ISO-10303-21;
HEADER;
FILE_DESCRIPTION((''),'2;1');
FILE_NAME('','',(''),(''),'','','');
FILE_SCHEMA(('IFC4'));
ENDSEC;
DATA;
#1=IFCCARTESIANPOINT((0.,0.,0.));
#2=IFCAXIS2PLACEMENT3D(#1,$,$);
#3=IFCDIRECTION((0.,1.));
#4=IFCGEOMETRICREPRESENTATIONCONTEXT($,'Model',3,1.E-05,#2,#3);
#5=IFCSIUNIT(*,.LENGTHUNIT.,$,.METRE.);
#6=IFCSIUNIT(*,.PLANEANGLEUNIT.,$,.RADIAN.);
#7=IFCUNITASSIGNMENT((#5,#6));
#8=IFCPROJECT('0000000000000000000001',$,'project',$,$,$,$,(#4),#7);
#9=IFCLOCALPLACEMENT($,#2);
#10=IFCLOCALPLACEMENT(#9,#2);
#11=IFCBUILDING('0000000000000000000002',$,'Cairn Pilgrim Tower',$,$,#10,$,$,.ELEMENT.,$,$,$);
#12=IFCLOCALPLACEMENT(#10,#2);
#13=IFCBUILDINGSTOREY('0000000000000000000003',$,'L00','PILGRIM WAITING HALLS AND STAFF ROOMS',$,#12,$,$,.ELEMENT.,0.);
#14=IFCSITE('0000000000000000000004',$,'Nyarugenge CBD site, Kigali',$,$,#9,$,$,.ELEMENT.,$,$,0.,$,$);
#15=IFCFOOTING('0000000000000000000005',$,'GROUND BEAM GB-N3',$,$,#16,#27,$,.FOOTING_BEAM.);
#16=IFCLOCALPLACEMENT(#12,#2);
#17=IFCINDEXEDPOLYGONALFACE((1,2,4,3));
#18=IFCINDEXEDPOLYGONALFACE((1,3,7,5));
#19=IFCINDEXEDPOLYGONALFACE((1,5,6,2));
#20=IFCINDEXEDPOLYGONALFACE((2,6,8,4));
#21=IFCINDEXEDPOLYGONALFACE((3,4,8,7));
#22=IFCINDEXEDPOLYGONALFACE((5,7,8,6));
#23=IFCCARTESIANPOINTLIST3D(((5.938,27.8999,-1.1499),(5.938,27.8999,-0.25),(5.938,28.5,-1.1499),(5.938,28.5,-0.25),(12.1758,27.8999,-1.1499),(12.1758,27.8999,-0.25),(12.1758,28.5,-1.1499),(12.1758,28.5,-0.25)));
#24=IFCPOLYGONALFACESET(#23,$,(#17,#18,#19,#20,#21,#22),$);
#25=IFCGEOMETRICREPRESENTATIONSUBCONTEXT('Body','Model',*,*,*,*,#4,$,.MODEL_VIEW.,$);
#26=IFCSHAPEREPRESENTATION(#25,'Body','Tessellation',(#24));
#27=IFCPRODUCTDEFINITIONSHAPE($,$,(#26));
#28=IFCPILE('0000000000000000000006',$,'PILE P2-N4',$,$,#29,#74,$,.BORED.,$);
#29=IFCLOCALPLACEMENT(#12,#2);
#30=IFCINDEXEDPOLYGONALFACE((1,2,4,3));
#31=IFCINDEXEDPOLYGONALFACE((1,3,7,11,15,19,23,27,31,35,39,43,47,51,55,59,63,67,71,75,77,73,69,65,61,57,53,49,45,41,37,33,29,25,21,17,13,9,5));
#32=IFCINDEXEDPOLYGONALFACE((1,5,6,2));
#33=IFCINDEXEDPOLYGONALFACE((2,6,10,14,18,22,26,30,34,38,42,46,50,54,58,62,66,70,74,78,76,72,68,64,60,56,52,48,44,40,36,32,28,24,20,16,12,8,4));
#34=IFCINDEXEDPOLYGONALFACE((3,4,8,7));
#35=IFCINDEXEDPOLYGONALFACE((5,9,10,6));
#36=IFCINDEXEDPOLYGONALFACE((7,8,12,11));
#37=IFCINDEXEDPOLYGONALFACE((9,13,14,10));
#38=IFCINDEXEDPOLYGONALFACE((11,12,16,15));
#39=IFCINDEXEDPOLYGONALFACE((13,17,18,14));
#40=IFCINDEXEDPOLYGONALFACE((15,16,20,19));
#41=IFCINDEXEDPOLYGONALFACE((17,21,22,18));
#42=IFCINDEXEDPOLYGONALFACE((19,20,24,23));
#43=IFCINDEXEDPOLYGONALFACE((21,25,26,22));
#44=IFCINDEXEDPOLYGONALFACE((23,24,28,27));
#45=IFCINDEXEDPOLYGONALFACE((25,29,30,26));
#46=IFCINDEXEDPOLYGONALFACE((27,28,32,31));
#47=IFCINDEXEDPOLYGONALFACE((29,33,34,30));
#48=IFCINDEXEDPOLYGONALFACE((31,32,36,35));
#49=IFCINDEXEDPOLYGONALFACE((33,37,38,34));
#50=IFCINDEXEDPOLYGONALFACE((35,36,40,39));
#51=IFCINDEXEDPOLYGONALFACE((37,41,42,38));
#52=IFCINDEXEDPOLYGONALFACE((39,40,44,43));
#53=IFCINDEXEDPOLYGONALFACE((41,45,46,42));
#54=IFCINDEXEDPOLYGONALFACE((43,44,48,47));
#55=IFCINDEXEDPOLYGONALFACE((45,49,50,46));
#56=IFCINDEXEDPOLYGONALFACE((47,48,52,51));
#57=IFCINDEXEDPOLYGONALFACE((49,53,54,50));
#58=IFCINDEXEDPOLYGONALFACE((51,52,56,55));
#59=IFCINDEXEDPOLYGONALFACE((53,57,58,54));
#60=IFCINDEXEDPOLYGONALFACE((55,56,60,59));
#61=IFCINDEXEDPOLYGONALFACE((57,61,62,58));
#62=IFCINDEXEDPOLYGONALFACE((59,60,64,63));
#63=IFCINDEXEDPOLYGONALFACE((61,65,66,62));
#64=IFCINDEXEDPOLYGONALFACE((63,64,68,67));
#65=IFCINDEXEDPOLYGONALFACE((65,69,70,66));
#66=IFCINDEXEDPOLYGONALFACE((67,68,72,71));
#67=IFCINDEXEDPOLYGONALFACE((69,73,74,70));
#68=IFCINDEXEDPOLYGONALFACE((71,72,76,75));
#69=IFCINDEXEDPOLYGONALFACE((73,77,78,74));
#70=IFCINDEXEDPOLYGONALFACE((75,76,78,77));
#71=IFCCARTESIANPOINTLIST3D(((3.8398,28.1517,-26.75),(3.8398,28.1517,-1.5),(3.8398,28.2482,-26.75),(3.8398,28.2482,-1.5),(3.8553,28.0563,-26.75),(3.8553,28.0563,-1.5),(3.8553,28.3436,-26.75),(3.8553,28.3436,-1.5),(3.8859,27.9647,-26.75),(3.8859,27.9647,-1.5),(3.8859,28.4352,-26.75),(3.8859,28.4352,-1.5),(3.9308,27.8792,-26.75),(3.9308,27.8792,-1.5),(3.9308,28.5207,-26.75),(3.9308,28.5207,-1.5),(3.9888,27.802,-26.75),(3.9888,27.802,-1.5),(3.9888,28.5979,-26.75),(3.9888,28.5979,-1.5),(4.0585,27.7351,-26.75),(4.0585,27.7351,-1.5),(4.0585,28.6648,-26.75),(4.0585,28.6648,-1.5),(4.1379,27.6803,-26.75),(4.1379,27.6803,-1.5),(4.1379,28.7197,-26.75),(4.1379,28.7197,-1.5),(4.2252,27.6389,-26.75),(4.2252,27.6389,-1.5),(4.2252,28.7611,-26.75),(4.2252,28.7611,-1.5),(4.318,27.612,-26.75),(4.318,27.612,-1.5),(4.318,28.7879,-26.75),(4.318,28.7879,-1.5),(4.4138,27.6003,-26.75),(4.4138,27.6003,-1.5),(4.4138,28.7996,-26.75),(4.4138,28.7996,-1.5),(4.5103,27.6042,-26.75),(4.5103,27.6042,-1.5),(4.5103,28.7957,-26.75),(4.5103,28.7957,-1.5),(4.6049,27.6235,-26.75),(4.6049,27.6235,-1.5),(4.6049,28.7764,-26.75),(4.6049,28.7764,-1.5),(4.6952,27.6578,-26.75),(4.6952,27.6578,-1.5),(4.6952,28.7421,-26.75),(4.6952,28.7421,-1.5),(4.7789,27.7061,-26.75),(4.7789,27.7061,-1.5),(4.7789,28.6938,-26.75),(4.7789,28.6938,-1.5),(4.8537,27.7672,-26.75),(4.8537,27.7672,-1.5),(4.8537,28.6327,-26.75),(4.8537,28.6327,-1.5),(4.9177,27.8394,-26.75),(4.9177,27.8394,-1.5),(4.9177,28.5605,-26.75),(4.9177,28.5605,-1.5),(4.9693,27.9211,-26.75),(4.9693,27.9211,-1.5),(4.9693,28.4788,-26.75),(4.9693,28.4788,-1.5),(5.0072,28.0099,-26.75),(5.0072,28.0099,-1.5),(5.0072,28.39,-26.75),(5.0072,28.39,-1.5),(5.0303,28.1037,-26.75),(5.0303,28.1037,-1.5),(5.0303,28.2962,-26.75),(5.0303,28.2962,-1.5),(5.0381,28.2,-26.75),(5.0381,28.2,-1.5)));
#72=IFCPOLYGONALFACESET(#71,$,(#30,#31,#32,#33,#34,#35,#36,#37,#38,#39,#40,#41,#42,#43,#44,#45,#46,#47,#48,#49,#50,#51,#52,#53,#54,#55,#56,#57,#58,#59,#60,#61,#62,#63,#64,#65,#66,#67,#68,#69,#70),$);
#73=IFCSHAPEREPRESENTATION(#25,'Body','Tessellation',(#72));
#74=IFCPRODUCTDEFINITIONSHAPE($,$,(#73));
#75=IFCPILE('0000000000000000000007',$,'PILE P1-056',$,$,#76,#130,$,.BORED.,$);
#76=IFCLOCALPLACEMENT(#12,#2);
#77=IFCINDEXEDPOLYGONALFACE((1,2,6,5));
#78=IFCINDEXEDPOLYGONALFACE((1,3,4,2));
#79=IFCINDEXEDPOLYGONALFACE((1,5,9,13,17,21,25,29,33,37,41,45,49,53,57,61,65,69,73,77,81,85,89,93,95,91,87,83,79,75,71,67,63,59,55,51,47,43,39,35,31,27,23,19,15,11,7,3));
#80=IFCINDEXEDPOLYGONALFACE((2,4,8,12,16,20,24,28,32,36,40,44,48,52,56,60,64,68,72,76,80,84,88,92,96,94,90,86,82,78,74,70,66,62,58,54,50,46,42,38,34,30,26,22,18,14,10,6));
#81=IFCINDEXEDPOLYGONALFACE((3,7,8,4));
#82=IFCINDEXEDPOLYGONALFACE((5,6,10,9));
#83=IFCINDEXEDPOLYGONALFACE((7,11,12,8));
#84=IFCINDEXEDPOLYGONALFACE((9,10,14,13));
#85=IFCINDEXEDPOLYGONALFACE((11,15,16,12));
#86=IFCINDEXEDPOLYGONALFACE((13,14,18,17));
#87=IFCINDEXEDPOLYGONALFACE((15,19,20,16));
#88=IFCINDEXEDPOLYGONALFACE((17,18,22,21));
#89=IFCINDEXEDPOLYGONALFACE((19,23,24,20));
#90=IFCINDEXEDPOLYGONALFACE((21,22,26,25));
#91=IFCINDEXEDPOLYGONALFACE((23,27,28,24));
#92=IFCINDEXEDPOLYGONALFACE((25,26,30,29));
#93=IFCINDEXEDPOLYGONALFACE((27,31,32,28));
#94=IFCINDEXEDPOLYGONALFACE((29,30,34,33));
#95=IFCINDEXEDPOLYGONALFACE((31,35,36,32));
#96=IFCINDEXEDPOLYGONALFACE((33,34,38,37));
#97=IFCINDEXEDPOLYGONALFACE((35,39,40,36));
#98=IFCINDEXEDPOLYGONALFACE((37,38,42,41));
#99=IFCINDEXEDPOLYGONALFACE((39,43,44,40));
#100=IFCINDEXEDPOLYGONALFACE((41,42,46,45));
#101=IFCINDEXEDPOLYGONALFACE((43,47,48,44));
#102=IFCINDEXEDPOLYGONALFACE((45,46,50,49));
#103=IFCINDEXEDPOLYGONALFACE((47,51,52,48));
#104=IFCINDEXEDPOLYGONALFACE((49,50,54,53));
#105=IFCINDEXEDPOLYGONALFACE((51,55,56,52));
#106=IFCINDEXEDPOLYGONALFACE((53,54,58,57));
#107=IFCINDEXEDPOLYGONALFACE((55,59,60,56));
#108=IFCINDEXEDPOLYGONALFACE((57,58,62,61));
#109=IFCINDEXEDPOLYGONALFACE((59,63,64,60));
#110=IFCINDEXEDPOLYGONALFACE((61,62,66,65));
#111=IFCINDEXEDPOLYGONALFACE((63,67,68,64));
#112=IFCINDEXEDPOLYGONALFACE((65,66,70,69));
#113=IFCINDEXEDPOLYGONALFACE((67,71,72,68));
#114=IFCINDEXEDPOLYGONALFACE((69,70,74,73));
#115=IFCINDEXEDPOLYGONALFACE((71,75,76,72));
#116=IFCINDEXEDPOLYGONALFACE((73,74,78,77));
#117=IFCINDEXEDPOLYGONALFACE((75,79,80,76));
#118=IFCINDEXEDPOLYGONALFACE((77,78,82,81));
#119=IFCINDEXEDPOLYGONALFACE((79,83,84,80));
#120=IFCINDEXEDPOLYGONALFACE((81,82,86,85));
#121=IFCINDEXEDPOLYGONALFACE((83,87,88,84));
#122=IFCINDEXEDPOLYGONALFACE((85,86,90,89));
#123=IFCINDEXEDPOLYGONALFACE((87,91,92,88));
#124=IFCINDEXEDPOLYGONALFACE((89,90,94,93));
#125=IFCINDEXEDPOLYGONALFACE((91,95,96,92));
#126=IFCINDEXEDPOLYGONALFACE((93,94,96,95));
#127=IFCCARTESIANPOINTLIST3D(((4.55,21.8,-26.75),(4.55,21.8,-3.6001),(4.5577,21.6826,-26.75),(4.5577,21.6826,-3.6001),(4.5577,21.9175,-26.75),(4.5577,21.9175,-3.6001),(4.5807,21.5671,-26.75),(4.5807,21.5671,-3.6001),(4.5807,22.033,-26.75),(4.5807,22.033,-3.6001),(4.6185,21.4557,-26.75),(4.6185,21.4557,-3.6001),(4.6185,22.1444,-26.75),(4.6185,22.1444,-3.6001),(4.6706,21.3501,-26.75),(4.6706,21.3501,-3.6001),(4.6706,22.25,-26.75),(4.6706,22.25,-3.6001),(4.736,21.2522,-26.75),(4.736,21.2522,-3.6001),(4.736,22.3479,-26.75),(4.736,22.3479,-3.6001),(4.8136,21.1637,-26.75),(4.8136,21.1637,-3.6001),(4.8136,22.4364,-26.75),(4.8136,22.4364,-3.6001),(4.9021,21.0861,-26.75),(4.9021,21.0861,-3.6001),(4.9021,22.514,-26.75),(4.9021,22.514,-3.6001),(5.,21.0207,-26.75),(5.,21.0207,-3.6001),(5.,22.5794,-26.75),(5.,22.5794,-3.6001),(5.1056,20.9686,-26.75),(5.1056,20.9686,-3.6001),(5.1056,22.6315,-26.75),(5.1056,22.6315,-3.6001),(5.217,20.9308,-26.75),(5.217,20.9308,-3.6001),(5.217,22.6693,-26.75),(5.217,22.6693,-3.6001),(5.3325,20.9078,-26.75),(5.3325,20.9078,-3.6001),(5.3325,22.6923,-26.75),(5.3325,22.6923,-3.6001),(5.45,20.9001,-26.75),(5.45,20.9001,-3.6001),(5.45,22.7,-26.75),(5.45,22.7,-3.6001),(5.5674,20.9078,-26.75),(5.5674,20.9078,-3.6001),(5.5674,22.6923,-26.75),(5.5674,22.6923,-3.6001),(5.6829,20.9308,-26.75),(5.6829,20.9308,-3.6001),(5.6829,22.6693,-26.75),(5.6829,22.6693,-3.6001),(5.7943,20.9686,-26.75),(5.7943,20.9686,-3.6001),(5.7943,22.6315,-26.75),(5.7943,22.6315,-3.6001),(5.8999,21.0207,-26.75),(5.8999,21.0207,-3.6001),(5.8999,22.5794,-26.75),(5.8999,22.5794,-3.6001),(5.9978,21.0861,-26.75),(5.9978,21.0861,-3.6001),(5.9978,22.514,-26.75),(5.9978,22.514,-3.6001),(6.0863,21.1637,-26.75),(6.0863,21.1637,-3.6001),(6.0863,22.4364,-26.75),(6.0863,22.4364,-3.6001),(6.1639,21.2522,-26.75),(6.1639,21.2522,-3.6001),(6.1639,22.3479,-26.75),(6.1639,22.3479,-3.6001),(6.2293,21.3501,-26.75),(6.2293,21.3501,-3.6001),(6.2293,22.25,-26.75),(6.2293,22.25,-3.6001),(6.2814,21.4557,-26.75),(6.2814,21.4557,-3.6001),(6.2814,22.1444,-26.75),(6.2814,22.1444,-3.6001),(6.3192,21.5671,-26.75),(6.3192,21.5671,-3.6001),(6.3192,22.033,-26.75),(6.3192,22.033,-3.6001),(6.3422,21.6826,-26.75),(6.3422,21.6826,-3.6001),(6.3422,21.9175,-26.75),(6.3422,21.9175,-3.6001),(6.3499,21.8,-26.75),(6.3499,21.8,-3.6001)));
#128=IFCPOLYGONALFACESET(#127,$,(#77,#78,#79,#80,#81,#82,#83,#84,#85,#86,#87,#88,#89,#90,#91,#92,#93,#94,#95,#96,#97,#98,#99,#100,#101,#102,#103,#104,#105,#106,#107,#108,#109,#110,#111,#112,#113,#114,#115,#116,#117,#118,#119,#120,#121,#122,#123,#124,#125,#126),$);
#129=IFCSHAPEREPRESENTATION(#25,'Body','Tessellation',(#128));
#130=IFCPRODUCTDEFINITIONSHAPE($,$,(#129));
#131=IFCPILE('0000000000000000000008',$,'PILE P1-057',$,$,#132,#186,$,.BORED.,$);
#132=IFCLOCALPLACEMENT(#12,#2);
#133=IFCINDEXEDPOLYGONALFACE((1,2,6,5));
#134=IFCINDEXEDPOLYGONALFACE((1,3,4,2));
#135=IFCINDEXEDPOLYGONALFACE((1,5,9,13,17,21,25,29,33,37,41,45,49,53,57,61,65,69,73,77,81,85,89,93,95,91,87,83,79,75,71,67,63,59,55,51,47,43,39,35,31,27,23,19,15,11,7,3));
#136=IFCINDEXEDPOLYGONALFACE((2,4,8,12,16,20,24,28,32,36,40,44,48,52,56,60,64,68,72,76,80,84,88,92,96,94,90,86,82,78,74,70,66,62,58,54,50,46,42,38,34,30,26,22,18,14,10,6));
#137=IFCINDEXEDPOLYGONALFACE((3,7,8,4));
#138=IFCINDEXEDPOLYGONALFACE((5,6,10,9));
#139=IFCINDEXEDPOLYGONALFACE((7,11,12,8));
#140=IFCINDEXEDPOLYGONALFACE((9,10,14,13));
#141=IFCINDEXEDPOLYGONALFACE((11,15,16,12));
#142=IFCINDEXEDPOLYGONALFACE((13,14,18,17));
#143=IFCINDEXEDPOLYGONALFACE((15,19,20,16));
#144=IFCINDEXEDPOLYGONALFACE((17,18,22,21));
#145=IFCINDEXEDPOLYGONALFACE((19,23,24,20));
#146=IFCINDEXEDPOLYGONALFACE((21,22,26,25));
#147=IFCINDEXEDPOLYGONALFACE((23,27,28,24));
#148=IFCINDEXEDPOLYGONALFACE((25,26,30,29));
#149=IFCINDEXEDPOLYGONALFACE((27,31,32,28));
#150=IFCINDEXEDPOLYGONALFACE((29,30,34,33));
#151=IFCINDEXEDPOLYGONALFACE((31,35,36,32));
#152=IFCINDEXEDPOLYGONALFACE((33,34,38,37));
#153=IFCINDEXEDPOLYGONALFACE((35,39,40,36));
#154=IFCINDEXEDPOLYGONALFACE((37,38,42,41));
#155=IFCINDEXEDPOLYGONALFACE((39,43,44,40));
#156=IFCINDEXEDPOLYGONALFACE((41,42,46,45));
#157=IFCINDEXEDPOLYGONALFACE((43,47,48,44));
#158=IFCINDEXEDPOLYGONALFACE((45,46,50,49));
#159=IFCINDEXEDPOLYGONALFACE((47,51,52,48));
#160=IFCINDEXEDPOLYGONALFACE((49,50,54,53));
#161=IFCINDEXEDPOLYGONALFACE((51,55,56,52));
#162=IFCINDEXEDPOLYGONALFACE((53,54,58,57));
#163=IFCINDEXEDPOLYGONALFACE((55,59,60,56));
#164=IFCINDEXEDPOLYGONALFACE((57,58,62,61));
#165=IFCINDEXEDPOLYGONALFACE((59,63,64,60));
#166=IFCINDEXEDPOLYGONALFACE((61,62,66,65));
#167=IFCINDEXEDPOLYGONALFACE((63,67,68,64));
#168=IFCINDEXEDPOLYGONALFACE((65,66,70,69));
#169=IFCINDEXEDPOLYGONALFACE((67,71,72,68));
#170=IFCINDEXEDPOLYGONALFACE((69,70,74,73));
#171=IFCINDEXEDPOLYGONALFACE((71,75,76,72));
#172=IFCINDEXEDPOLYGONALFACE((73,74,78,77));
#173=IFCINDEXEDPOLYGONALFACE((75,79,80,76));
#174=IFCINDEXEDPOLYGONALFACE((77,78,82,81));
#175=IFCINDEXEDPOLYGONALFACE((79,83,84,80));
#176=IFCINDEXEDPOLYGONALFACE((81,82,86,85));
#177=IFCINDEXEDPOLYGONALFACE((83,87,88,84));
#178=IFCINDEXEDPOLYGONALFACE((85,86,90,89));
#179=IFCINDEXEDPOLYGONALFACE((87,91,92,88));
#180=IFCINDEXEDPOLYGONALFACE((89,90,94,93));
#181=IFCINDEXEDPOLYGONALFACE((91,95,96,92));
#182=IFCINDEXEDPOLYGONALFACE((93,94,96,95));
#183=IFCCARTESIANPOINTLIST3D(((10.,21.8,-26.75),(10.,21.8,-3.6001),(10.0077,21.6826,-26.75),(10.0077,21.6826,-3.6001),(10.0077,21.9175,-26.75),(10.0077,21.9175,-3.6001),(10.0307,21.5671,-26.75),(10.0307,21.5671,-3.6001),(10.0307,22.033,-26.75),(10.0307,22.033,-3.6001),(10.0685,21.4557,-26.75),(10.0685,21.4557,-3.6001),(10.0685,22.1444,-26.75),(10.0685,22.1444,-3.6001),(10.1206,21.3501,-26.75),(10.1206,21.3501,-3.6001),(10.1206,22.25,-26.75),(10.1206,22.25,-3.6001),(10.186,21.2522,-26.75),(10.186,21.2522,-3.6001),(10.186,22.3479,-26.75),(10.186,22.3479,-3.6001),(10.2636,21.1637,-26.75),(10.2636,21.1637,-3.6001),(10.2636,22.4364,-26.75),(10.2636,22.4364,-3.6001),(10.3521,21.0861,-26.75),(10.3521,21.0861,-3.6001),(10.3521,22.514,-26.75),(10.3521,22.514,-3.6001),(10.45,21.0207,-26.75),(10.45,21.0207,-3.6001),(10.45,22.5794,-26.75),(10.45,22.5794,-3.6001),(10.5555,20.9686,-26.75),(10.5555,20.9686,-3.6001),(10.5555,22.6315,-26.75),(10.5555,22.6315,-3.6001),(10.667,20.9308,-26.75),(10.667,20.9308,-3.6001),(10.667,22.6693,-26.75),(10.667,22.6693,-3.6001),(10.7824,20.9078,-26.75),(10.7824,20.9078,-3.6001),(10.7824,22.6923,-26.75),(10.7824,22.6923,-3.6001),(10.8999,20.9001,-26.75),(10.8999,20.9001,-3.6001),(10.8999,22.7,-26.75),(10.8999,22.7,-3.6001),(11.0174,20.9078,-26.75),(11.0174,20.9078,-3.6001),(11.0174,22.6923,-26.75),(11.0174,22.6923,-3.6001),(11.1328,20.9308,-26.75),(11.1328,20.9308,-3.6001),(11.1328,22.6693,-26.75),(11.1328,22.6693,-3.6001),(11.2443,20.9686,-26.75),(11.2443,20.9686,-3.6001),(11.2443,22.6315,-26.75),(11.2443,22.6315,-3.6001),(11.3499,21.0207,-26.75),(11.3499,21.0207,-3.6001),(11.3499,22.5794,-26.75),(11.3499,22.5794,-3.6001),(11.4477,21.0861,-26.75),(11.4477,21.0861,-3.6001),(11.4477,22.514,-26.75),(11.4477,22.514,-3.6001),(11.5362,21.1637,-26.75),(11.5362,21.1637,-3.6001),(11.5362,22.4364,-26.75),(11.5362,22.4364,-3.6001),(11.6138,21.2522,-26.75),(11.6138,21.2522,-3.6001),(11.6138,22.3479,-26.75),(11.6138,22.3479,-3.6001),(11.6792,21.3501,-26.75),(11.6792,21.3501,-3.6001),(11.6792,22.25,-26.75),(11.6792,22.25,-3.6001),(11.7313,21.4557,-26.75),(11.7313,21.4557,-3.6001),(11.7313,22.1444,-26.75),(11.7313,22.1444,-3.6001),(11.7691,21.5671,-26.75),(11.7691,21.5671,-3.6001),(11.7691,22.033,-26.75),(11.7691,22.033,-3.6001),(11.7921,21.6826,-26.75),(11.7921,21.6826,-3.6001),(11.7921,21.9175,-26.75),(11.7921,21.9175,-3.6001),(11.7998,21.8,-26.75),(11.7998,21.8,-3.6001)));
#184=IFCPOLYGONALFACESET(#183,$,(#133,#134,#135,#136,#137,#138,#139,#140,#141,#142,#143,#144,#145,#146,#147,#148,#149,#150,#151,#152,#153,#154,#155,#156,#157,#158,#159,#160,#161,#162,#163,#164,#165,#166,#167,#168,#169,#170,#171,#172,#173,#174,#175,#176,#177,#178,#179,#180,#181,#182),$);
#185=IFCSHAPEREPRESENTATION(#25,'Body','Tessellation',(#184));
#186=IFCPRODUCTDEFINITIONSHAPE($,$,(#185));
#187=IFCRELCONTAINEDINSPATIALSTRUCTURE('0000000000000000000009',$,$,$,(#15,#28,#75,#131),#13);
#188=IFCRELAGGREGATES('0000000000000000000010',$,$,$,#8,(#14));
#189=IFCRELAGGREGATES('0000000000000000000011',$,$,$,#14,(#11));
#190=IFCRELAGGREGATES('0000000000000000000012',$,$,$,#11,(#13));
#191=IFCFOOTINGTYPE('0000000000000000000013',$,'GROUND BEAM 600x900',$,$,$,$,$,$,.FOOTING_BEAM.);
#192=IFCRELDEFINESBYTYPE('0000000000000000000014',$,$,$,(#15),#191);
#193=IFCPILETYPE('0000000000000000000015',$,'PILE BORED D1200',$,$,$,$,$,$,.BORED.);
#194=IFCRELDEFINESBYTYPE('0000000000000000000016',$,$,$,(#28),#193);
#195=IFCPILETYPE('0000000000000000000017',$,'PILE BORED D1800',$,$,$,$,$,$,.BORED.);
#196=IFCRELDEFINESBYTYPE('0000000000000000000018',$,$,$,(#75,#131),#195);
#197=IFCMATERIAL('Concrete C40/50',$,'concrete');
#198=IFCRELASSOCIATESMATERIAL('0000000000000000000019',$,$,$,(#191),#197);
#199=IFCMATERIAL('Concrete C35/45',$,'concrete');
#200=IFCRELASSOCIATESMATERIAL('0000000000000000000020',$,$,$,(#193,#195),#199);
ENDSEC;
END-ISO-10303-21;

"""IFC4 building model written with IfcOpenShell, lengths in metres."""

from ifc_helpers import new_model, si_unit, direction, frame, origin, origin_2d, place, context, subcontext, project, spatial, rectangle, circle, extrude, material, material_profile, profile_set, type_object, element, save


model = new_model("IFC4")

# Units and contexts
model_context = context("Model", 3, precision=1e-05, world=origin(), true_north=direction((0.0, 1.0)))
body_context = subcontext(model_context, "Body", "Model", "MODEL_VIEW")
ifc_project = project(units=[si_unit("LENGTHUNIT", "METRE"), si_unit("PLANEANGLEUNIT", "RADIAN")], contexts=[model_context])

# Site, building, storey
site_placement = place(None, origin())
site = spatial("IfcSite", under=ifc_project, at=site_placement, Name="Nyarugenge CBD site, Kigali", CompositionType="ELEMENT", RefElevation=0.0)
building_placement = place(site_placement, origin())
building = spatial("IfcBuilding", under=site, at=building_placement, Name="Cairn Pilgrim Tower", CompositionType="ELEMENT")
storey_placement = place(building_placement, origin())
storey = spatial("IfcBuildingStorey", under=building, at=storey_placement, Name="L00", Description="PILGRIM WAITING HALLS AND STAFF ROOMS", CompositionType="ELEMENT", Elevation=0.0)

# Footing
ifc_material_1 = material(Name="Concrete C40/50", Category="concrete")
footing_type_1 = type_object("IfcFootingType", Name="GROUND BEAM 600x900", PredefinedType="FOOTING_BEAM", material=ifc_material_1)
footing_1_placement = place(storey_placement, frame((9.0569, 28.2, -1.1499), z_axis=(0.0, 0.0, 1.0), x_axis=(-1.0, 0.0, 0.0)))
element("IfcFooting", 1, at=footing_1_placement, inside=storey, type_object=footing_type_1, Name="GROUND BEAM GB-N3", PredefinedType="FOOTING_BEAM", context=body_context, shape_type="SweptSolid", body=[
    extrude(rectangle(XDim=6.2378, YDim=0.6001, at=origin_2d()), origin(), (0.0, 0.0, 1.0), 0.8999),
])

# Piles
ifc_material_2 = material(Name="Concrete C35/45", Category="concrete")
ifc_material_profile_1 = material_profile(ifc_material_2, circle(Radius=0.6001, at=origin_2d()), Name="D1200")
ifc_profile_set_1 = profile_set([ifc_material_profile_1], Name="Concrete C35/45")
pile_type_1 = type_object("IfcPileType", Name="PILE BORED D1200", PredefinedType="BORED", material=ifc_profile_set_1)
pile_placement = place(storey_placement, frame((4.438, 28.2, -1.5), z_axis=(0.0, 0.0, -1.0), x_axis=(1.0, 0.0, 0.0)))
element("IfcPile", 2, at=pile_placement, inside=storey, type_object=pile_type_1, Name="PILE P2-N4", PredefinedType="BORED", context=body_context, shape_type="SweptSolid", body=[
    extrude(circle(Radius=0.6001, at=origin_2d()), origin(), (0.0, 0.0, 1.0), 25.25),
])
ifc_material_profile_2 = material_profile(ifc_material_2, circle(Radius=0.8999, at=origin_2d()), Name="D1800")
ifc_profile_set_2 = profile_set([ifc_material_profile_2], Name="Concrete C35/45")
pile_type_2 = type_object("IfcPileType", Name="PILE BORED D1800", PredefinedType="BORED", material=ifc_profile_set_2)
for number, where, z_axis, x_axis, name in (
    (3, (5.45, 21.8, -3.6001), (0.0, 0.0, -1.0), (1.0, 0.0, 0.0), "PILE P1-056"),
    (4, (10.8999, 21.8, -3.6001), (0.0, 0.0, -1.0), (1.0, 0.0, 0.0), "PILE P1-057"),
):
    element("IfcPile", number, at=place(storey_placement, frame(where, z_axis=z_axis, x_axis=x_axis)), inside=storey, type_object=pile_type_2, Name=name, PredefinedType="BORED", context=body_context, shape_type="SweptSolid", body=[
        extrude(circle(Radius=0.8999, at=origin_2d()), origin(), (0.0, 0.0, 1.0), 23.1499),
    ])

save(model, "model.ifc")
